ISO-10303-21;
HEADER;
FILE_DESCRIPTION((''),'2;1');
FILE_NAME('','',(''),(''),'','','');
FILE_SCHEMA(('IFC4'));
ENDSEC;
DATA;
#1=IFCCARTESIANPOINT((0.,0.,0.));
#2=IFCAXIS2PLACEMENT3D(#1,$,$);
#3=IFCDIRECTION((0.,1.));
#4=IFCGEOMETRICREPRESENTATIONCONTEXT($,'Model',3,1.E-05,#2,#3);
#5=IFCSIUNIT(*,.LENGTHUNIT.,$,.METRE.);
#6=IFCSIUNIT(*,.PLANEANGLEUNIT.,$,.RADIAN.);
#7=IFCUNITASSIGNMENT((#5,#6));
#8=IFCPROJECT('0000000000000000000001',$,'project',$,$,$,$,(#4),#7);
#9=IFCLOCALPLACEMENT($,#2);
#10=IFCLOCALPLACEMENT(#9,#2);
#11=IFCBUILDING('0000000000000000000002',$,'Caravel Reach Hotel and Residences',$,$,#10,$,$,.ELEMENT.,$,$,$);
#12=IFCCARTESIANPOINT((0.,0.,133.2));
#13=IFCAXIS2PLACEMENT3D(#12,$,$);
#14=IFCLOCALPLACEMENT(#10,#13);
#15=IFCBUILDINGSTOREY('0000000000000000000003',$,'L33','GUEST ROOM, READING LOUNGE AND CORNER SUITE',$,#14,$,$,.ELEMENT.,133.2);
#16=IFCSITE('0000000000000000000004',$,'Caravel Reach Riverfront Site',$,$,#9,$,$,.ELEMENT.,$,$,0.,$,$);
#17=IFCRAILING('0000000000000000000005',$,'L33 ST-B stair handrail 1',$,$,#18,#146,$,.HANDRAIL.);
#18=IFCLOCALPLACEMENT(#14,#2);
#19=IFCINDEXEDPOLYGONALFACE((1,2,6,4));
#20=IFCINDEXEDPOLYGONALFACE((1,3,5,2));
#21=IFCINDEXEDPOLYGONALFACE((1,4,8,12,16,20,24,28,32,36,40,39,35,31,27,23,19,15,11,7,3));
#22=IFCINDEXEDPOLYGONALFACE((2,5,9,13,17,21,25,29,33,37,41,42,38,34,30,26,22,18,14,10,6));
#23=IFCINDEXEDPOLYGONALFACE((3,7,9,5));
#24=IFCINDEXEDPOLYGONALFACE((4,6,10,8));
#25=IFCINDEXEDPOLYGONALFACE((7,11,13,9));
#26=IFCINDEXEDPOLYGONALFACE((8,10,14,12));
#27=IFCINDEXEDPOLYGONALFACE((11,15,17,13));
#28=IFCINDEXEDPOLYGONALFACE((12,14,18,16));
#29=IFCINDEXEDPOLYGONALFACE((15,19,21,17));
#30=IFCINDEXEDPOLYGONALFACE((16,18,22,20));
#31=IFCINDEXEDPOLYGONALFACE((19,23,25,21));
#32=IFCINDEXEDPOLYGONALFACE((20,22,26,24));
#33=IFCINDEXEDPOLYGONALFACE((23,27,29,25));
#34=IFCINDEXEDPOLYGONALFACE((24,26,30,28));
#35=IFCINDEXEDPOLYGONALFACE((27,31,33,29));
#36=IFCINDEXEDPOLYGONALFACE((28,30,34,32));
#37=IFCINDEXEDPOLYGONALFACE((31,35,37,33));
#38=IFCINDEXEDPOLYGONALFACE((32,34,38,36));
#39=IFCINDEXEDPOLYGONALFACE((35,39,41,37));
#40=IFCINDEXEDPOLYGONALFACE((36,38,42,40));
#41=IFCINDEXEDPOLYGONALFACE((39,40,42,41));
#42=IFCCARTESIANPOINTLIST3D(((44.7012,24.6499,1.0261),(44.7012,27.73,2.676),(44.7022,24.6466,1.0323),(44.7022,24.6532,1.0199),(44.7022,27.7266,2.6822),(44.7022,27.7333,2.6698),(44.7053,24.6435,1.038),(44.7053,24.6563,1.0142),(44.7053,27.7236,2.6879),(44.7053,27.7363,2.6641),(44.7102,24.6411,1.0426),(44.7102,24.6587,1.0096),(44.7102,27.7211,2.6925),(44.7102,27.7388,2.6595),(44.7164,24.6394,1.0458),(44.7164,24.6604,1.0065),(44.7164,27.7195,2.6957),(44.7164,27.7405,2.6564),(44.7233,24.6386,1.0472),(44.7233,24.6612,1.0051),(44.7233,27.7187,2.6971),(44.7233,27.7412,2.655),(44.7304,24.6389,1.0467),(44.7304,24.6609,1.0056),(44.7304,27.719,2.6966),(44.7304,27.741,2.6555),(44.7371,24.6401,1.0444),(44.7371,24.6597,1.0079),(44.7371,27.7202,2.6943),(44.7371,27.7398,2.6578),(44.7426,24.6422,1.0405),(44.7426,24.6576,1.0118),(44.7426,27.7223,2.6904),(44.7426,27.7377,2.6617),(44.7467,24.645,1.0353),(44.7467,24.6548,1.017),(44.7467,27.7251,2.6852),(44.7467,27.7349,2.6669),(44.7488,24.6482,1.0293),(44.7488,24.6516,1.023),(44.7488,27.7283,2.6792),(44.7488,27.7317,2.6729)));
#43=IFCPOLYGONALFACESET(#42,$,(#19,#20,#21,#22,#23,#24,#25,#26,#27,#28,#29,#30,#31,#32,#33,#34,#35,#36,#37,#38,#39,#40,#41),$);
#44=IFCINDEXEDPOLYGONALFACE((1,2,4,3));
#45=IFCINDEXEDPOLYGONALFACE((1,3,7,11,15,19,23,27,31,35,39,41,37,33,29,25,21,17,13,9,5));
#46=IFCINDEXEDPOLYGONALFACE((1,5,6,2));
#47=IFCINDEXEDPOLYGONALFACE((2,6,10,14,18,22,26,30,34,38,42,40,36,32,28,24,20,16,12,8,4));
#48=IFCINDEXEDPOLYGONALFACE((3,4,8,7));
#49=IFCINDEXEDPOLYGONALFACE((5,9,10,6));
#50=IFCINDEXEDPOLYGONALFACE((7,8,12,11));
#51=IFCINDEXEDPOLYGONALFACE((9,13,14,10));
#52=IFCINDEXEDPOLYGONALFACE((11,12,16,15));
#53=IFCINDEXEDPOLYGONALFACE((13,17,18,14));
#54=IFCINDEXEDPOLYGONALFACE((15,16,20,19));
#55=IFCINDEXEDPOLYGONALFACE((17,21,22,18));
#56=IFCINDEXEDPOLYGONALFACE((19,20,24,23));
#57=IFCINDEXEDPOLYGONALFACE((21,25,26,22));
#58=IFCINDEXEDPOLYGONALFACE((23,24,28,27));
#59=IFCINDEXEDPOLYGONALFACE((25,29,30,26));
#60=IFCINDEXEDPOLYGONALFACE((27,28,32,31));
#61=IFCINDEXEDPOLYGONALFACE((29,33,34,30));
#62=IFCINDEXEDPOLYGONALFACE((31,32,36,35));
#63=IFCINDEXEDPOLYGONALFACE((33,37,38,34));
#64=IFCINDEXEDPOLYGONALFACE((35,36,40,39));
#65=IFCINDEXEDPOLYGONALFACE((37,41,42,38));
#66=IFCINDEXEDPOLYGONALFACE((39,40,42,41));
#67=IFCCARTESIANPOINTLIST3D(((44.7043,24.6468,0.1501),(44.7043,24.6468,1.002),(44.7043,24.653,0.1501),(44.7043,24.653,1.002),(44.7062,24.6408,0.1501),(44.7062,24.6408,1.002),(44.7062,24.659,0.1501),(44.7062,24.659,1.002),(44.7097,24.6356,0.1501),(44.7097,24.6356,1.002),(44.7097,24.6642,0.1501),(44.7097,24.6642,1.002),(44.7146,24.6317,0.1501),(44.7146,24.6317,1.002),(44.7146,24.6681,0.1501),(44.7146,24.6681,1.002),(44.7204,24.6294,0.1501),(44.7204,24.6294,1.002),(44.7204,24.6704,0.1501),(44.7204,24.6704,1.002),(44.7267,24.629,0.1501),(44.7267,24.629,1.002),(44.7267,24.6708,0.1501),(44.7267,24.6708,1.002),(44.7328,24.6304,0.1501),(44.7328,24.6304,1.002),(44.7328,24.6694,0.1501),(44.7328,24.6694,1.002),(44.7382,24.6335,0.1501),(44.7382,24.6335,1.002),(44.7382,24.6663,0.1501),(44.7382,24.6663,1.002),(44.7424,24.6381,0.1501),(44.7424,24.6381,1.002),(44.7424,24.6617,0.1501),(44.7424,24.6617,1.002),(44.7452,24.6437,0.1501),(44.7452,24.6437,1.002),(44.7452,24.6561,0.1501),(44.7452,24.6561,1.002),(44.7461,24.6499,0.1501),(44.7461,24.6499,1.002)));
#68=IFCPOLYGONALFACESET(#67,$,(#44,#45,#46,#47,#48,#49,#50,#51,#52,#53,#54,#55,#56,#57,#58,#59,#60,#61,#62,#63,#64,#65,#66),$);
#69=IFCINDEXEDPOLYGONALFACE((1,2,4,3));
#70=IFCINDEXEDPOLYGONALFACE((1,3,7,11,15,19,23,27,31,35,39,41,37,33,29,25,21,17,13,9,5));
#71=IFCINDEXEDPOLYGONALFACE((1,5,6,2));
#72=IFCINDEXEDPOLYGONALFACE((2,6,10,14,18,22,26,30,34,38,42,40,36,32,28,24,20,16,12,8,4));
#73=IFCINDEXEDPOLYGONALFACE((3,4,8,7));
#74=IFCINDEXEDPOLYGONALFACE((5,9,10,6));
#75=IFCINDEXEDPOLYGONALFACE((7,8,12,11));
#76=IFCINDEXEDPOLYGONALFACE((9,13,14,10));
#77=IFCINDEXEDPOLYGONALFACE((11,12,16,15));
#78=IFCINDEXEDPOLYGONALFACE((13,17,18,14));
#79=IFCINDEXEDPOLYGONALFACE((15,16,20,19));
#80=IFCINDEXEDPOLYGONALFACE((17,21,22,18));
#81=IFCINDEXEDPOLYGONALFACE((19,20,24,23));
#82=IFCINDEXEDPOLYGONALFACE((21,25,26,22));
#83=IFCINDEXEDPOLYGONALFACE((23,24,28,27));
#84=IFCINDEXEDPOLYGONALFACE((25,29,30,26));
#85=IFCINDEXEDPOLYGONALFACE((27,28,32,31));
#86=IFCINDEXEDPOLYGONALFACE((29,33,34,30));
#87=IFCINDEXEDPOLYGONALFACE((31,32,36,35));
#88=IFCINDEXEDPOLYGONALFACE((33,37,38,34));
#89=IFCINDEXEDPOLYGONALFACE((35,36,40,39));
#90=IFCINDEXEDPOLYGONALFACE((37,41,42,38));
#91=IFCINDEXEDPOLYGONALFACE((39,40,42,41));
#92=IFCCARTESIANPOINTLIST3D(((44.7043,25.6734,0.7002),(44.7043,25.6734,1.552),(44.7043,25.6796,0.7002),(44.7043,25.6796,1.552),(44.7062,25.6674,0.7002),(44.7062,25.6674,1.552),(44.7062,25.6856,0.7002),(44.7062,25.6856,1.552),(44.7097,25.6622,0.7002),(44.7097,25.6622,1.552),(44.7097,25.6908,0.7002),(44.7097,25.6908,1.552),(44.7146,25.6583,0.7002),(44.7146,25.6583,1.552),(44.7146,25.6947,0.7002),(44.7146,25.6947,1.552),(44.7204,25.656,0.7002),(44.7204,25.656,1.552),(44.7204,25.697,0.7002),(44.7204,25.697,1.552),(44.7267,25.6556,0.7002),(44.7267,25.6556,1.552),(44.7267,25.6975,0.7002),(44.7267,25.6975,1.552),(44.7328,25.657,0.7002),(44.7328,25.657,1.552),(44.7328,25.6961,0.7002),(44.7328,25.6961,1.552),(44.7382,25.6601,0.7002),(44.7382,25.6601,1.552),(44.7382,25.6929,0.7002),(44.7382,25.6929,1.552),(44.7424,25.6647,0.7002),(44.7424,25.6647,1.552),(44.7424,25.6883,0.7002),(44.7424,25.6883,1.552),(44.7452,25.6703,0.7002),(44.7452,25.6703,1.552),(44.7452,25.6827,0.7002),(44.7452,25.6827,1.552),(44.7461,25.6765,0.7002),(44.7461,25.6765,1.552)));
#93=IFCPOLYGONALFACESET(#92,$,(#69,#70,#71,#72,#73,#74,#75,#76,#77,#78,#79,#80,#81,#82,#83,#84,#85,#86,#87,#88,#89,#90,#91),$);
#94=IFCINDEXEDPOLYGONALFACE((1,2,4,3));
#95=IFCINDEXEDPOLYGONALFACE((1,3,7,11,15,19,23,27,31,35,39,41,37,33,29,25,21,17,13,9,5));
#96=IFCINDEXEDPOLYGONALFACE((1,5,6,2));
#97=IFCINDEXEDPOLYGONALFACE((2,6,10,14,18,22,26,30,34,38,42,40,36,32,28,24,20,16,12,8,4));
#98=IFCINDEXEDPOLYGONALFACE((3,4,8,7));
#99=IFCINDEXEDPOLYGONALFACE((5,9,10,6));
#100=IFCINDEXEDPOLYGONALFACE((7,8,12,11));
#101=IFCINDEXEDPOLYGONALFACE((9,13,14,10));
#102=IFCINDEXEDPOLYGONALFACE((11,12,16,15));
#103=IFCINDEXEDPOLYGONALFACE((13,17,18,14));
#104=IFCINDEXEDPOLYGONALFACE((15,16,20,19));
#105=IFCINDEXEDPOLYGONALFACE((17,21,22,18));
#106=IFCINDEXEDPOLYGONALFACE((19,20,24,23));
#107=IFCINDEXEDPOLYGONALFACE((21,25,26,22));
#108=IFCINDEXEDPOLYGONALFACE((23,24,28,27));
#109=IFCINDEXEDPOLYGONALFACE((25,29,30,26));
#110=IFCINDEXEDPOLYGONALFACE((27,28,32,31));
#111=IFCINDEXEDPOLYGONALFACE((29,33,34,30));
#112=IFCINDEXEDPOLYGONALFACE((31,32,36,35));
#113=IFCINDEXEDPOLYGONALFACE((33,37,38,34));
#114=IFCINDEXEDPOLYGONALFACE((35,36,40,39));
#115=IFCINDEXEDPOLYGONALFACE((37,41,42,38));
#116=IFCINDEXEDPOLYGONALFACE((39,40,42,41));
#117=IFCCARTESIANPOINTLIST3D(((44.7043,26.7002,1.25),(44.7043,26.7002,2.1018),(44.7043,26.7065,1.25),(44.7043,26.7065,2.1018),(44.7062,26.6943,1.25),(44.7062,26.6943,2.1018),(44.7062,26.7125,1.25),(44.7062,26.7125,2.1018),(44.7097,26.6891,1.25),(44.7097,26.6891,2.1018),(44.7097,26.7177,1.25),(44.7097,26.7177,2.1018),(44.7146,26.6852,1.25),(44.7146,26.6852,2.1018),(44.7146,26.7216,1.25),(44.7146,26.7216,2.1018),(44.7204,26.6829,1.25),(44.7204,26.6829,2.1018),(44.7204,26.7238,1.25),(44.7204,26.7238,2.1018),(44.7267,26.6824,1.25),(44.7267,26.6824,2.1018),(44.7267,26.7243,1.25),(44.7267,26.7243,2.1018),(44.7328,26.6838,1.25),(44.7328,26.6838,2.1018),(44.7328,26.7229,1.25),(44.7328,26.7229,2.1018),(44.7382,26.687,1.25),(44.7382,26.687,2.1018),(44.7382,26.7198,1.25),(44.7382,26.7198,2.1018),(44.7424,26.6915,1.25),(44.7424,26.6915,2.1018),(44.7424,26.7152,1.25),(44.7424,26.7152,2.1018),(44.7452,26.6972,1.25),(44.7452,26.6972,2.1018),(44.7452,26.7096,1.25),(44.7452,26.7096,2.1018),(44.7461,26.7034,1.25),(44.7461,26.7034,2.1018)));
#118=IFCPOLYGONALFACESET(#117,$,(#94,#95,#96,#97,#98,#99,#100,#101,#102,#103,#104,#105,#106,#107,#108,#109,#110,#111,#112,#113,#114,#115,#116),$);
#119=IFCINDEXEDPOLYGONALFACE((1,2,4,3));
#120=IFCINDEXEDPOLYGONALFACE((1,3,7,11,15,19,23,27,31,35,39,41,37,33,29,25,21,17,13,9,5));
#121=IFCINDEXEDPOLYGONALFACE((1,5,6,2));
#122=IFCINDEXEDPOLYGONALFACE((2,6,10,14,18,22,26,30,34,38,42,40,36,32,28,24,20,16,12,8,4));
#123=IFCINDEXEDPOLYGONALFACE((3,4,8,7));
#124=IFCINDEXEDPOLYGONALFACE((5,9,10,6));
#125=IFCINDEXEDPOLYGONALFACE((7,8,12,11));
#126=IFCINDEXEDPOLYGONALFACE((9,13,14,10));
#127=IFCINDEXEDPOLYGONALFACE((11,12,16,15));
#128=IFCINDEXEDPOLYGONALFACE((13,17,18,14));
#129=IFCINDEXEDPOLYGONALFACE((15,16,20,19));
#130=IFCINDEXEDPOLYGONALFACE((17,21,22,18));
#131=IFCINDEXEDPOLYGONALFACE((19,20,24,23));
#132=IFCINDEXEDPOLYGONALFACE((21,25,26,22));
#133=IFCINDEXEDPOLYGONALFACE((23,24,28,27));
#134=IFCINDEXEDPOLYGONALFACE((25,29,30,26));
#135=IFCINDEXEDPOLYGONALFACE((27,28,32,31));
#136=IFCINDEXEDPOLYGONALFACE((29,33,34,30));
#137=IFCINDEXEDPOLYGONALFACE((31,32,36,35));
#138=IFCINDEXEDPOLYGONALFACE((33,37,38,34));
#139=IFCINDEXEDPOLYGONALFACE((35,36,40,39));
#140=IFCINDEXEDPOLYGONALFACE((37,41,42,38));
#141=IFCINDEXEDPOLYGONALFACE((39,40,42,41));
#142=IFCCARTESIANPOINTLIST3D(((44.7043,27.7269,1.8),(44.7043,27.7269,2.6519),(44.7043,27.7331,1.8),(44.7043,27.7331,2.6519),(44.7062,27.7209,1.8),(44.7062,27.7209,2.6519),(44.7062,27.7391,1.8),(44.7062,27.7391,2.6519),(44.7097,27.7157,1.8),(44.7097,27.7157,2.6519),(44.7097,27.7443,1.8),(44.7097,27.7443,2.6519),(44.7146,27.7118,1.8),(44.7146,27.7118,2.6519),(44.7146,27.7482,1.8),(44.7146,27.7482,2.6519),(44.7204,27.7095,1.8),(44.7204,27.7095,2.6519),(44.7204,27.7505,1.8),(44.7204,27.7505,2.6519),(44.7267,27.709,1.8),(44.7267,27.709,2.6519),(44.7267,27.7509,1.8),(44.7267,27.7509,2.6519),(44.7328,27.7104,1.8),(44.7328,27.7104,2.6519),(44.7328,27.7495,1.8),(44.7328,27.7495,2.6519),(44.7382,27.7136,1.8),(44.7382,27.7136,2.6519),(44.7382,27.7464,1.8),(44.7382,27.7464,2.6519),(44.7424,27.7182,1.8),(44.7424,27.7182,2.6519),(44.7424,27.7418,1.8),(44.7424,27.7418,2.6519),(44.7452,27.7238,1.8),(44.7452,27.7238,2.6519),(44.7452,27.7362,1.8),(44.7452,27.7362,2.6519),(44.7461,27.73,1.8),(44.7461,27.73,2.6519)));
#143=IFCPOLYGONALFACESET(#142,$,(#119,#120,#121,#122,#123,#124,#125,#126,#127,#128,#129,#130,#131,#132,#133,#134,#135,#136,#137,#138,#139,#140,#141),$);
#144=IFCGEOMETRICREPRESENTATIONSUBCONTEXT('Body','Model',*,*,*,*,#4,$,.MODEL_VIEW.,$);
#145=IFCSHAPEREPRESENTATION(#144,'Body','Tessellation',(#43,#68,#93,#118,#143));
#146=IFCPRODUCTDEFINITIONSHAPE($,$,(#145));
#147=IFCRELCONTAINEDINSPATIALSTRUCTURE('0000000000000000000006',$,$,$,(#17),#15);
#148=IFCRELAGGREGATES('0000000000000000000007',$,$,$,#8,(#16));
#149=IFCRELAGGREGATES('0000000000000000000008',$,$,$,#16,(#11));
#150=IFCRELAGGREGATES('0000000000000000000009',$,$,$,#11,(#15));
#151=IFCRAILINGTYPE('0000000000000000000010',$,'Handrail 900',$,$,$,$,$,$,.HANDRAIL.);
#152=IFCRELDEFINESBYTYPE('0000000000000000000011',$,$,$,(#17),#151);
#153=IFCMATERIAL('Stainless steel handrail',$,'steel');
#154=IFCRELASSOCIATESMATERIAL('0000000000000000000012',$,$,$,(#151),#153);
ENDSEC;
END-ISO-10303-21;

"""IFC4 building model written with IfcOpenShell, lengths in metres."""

from ifc_helpers import new_model, si_unit, direction, frame, origin, origin_2d, place, context, subcontext, project, spatial, circle, extrude, material, type_object, element, save


model = new_model("IFC4")

# Units and contexts
model_context = context("Model", 3, precision=1e-05, world=origin(), true_north=direction((0.0, 1.0)))
body_context = subcontext(model_context, "Body", "Model", "MODEL_VIEW")
ifc_project = project(units=[si_unit("LENGTHUNIT", "METRE"), si_unit("PLANEANGLEUNIT", "RADIAN")], contexts=[model_context])

# Site, building, storey
site_placement = place(None, origin())
site = spatial("IfcSite", under=ifc_project, at=site_placement, Name="Caravel Reach Riverfront Site", CompositionType="ELEMENT", RefElevation=0.0)
building_placement = place(site_placement, origin())
building = spatial("IfcBuilding", under=site, at=building_placement, Name="Caravel Reach Hotel and Residences", CompositionType="ELEMENT")
storey_placement = place(building_placement, frame((0.0, 0.0, 133.2)))
storey = spatial("IfcBuildingStorey", under=building, at=storey_placement, Name="L33", Description="GUEST ROOM, READING LOUNGE AND CORNER SUITE", CompositionType="ELEMENT", Elevation=133.2)

# Railing
ifc_material_1 = material(Name="Stainless steel handrail", Category="steel")
railing_type = type_object("IfcRailingType", Name="Handrail 900", PredefinedType="HANDRAIL", material=ifc_material_1)
railing_placement = place(storey_placement, frame((44.7251, 24.6499, 0.1501)))
element("IfcRailing", 1, at=railing_placement, inside=storey, type_object=railing_type, Name="L33 ST-B stair handrail 1", PredefinedType="HANDRAIL", context=body_context, shape_type="SweptSolid", body=[
    extrude(circle(Radius=0.0239, at=origin_2d()), frame((0.0, 0.0, 0.876), z_axis=(0.0, 0.881497, 0.47219), x_axis=(-1.0, 0.0, 0.0)), (0.0, 0.0, 1.0), 3.4941),
    extrude(circle(Radius=0.021, at=origin_2d()), origin(), (0.0, 0.0, 1.0), 0.8518),
    extrude(circle(Radius=0.021, at=origin_2d()), frame((0.0, 1.0266, 0.55)), (0.0, 0.0, 1.0), 0.8518),
    extrude(circle(Radius=0.021, at=origin_2d()), frame((0.0, 2.0535, 1.0999)), (0.0, 0.0, 1.0), 0.8518),
    extrude(circle(Radius=0.021, at=origin_2d()), frame((0.0, 3.0801, 1.6499)), (0.0, 0.0, 1.0), 0.8518),
])

save(model, "model.ifc")
